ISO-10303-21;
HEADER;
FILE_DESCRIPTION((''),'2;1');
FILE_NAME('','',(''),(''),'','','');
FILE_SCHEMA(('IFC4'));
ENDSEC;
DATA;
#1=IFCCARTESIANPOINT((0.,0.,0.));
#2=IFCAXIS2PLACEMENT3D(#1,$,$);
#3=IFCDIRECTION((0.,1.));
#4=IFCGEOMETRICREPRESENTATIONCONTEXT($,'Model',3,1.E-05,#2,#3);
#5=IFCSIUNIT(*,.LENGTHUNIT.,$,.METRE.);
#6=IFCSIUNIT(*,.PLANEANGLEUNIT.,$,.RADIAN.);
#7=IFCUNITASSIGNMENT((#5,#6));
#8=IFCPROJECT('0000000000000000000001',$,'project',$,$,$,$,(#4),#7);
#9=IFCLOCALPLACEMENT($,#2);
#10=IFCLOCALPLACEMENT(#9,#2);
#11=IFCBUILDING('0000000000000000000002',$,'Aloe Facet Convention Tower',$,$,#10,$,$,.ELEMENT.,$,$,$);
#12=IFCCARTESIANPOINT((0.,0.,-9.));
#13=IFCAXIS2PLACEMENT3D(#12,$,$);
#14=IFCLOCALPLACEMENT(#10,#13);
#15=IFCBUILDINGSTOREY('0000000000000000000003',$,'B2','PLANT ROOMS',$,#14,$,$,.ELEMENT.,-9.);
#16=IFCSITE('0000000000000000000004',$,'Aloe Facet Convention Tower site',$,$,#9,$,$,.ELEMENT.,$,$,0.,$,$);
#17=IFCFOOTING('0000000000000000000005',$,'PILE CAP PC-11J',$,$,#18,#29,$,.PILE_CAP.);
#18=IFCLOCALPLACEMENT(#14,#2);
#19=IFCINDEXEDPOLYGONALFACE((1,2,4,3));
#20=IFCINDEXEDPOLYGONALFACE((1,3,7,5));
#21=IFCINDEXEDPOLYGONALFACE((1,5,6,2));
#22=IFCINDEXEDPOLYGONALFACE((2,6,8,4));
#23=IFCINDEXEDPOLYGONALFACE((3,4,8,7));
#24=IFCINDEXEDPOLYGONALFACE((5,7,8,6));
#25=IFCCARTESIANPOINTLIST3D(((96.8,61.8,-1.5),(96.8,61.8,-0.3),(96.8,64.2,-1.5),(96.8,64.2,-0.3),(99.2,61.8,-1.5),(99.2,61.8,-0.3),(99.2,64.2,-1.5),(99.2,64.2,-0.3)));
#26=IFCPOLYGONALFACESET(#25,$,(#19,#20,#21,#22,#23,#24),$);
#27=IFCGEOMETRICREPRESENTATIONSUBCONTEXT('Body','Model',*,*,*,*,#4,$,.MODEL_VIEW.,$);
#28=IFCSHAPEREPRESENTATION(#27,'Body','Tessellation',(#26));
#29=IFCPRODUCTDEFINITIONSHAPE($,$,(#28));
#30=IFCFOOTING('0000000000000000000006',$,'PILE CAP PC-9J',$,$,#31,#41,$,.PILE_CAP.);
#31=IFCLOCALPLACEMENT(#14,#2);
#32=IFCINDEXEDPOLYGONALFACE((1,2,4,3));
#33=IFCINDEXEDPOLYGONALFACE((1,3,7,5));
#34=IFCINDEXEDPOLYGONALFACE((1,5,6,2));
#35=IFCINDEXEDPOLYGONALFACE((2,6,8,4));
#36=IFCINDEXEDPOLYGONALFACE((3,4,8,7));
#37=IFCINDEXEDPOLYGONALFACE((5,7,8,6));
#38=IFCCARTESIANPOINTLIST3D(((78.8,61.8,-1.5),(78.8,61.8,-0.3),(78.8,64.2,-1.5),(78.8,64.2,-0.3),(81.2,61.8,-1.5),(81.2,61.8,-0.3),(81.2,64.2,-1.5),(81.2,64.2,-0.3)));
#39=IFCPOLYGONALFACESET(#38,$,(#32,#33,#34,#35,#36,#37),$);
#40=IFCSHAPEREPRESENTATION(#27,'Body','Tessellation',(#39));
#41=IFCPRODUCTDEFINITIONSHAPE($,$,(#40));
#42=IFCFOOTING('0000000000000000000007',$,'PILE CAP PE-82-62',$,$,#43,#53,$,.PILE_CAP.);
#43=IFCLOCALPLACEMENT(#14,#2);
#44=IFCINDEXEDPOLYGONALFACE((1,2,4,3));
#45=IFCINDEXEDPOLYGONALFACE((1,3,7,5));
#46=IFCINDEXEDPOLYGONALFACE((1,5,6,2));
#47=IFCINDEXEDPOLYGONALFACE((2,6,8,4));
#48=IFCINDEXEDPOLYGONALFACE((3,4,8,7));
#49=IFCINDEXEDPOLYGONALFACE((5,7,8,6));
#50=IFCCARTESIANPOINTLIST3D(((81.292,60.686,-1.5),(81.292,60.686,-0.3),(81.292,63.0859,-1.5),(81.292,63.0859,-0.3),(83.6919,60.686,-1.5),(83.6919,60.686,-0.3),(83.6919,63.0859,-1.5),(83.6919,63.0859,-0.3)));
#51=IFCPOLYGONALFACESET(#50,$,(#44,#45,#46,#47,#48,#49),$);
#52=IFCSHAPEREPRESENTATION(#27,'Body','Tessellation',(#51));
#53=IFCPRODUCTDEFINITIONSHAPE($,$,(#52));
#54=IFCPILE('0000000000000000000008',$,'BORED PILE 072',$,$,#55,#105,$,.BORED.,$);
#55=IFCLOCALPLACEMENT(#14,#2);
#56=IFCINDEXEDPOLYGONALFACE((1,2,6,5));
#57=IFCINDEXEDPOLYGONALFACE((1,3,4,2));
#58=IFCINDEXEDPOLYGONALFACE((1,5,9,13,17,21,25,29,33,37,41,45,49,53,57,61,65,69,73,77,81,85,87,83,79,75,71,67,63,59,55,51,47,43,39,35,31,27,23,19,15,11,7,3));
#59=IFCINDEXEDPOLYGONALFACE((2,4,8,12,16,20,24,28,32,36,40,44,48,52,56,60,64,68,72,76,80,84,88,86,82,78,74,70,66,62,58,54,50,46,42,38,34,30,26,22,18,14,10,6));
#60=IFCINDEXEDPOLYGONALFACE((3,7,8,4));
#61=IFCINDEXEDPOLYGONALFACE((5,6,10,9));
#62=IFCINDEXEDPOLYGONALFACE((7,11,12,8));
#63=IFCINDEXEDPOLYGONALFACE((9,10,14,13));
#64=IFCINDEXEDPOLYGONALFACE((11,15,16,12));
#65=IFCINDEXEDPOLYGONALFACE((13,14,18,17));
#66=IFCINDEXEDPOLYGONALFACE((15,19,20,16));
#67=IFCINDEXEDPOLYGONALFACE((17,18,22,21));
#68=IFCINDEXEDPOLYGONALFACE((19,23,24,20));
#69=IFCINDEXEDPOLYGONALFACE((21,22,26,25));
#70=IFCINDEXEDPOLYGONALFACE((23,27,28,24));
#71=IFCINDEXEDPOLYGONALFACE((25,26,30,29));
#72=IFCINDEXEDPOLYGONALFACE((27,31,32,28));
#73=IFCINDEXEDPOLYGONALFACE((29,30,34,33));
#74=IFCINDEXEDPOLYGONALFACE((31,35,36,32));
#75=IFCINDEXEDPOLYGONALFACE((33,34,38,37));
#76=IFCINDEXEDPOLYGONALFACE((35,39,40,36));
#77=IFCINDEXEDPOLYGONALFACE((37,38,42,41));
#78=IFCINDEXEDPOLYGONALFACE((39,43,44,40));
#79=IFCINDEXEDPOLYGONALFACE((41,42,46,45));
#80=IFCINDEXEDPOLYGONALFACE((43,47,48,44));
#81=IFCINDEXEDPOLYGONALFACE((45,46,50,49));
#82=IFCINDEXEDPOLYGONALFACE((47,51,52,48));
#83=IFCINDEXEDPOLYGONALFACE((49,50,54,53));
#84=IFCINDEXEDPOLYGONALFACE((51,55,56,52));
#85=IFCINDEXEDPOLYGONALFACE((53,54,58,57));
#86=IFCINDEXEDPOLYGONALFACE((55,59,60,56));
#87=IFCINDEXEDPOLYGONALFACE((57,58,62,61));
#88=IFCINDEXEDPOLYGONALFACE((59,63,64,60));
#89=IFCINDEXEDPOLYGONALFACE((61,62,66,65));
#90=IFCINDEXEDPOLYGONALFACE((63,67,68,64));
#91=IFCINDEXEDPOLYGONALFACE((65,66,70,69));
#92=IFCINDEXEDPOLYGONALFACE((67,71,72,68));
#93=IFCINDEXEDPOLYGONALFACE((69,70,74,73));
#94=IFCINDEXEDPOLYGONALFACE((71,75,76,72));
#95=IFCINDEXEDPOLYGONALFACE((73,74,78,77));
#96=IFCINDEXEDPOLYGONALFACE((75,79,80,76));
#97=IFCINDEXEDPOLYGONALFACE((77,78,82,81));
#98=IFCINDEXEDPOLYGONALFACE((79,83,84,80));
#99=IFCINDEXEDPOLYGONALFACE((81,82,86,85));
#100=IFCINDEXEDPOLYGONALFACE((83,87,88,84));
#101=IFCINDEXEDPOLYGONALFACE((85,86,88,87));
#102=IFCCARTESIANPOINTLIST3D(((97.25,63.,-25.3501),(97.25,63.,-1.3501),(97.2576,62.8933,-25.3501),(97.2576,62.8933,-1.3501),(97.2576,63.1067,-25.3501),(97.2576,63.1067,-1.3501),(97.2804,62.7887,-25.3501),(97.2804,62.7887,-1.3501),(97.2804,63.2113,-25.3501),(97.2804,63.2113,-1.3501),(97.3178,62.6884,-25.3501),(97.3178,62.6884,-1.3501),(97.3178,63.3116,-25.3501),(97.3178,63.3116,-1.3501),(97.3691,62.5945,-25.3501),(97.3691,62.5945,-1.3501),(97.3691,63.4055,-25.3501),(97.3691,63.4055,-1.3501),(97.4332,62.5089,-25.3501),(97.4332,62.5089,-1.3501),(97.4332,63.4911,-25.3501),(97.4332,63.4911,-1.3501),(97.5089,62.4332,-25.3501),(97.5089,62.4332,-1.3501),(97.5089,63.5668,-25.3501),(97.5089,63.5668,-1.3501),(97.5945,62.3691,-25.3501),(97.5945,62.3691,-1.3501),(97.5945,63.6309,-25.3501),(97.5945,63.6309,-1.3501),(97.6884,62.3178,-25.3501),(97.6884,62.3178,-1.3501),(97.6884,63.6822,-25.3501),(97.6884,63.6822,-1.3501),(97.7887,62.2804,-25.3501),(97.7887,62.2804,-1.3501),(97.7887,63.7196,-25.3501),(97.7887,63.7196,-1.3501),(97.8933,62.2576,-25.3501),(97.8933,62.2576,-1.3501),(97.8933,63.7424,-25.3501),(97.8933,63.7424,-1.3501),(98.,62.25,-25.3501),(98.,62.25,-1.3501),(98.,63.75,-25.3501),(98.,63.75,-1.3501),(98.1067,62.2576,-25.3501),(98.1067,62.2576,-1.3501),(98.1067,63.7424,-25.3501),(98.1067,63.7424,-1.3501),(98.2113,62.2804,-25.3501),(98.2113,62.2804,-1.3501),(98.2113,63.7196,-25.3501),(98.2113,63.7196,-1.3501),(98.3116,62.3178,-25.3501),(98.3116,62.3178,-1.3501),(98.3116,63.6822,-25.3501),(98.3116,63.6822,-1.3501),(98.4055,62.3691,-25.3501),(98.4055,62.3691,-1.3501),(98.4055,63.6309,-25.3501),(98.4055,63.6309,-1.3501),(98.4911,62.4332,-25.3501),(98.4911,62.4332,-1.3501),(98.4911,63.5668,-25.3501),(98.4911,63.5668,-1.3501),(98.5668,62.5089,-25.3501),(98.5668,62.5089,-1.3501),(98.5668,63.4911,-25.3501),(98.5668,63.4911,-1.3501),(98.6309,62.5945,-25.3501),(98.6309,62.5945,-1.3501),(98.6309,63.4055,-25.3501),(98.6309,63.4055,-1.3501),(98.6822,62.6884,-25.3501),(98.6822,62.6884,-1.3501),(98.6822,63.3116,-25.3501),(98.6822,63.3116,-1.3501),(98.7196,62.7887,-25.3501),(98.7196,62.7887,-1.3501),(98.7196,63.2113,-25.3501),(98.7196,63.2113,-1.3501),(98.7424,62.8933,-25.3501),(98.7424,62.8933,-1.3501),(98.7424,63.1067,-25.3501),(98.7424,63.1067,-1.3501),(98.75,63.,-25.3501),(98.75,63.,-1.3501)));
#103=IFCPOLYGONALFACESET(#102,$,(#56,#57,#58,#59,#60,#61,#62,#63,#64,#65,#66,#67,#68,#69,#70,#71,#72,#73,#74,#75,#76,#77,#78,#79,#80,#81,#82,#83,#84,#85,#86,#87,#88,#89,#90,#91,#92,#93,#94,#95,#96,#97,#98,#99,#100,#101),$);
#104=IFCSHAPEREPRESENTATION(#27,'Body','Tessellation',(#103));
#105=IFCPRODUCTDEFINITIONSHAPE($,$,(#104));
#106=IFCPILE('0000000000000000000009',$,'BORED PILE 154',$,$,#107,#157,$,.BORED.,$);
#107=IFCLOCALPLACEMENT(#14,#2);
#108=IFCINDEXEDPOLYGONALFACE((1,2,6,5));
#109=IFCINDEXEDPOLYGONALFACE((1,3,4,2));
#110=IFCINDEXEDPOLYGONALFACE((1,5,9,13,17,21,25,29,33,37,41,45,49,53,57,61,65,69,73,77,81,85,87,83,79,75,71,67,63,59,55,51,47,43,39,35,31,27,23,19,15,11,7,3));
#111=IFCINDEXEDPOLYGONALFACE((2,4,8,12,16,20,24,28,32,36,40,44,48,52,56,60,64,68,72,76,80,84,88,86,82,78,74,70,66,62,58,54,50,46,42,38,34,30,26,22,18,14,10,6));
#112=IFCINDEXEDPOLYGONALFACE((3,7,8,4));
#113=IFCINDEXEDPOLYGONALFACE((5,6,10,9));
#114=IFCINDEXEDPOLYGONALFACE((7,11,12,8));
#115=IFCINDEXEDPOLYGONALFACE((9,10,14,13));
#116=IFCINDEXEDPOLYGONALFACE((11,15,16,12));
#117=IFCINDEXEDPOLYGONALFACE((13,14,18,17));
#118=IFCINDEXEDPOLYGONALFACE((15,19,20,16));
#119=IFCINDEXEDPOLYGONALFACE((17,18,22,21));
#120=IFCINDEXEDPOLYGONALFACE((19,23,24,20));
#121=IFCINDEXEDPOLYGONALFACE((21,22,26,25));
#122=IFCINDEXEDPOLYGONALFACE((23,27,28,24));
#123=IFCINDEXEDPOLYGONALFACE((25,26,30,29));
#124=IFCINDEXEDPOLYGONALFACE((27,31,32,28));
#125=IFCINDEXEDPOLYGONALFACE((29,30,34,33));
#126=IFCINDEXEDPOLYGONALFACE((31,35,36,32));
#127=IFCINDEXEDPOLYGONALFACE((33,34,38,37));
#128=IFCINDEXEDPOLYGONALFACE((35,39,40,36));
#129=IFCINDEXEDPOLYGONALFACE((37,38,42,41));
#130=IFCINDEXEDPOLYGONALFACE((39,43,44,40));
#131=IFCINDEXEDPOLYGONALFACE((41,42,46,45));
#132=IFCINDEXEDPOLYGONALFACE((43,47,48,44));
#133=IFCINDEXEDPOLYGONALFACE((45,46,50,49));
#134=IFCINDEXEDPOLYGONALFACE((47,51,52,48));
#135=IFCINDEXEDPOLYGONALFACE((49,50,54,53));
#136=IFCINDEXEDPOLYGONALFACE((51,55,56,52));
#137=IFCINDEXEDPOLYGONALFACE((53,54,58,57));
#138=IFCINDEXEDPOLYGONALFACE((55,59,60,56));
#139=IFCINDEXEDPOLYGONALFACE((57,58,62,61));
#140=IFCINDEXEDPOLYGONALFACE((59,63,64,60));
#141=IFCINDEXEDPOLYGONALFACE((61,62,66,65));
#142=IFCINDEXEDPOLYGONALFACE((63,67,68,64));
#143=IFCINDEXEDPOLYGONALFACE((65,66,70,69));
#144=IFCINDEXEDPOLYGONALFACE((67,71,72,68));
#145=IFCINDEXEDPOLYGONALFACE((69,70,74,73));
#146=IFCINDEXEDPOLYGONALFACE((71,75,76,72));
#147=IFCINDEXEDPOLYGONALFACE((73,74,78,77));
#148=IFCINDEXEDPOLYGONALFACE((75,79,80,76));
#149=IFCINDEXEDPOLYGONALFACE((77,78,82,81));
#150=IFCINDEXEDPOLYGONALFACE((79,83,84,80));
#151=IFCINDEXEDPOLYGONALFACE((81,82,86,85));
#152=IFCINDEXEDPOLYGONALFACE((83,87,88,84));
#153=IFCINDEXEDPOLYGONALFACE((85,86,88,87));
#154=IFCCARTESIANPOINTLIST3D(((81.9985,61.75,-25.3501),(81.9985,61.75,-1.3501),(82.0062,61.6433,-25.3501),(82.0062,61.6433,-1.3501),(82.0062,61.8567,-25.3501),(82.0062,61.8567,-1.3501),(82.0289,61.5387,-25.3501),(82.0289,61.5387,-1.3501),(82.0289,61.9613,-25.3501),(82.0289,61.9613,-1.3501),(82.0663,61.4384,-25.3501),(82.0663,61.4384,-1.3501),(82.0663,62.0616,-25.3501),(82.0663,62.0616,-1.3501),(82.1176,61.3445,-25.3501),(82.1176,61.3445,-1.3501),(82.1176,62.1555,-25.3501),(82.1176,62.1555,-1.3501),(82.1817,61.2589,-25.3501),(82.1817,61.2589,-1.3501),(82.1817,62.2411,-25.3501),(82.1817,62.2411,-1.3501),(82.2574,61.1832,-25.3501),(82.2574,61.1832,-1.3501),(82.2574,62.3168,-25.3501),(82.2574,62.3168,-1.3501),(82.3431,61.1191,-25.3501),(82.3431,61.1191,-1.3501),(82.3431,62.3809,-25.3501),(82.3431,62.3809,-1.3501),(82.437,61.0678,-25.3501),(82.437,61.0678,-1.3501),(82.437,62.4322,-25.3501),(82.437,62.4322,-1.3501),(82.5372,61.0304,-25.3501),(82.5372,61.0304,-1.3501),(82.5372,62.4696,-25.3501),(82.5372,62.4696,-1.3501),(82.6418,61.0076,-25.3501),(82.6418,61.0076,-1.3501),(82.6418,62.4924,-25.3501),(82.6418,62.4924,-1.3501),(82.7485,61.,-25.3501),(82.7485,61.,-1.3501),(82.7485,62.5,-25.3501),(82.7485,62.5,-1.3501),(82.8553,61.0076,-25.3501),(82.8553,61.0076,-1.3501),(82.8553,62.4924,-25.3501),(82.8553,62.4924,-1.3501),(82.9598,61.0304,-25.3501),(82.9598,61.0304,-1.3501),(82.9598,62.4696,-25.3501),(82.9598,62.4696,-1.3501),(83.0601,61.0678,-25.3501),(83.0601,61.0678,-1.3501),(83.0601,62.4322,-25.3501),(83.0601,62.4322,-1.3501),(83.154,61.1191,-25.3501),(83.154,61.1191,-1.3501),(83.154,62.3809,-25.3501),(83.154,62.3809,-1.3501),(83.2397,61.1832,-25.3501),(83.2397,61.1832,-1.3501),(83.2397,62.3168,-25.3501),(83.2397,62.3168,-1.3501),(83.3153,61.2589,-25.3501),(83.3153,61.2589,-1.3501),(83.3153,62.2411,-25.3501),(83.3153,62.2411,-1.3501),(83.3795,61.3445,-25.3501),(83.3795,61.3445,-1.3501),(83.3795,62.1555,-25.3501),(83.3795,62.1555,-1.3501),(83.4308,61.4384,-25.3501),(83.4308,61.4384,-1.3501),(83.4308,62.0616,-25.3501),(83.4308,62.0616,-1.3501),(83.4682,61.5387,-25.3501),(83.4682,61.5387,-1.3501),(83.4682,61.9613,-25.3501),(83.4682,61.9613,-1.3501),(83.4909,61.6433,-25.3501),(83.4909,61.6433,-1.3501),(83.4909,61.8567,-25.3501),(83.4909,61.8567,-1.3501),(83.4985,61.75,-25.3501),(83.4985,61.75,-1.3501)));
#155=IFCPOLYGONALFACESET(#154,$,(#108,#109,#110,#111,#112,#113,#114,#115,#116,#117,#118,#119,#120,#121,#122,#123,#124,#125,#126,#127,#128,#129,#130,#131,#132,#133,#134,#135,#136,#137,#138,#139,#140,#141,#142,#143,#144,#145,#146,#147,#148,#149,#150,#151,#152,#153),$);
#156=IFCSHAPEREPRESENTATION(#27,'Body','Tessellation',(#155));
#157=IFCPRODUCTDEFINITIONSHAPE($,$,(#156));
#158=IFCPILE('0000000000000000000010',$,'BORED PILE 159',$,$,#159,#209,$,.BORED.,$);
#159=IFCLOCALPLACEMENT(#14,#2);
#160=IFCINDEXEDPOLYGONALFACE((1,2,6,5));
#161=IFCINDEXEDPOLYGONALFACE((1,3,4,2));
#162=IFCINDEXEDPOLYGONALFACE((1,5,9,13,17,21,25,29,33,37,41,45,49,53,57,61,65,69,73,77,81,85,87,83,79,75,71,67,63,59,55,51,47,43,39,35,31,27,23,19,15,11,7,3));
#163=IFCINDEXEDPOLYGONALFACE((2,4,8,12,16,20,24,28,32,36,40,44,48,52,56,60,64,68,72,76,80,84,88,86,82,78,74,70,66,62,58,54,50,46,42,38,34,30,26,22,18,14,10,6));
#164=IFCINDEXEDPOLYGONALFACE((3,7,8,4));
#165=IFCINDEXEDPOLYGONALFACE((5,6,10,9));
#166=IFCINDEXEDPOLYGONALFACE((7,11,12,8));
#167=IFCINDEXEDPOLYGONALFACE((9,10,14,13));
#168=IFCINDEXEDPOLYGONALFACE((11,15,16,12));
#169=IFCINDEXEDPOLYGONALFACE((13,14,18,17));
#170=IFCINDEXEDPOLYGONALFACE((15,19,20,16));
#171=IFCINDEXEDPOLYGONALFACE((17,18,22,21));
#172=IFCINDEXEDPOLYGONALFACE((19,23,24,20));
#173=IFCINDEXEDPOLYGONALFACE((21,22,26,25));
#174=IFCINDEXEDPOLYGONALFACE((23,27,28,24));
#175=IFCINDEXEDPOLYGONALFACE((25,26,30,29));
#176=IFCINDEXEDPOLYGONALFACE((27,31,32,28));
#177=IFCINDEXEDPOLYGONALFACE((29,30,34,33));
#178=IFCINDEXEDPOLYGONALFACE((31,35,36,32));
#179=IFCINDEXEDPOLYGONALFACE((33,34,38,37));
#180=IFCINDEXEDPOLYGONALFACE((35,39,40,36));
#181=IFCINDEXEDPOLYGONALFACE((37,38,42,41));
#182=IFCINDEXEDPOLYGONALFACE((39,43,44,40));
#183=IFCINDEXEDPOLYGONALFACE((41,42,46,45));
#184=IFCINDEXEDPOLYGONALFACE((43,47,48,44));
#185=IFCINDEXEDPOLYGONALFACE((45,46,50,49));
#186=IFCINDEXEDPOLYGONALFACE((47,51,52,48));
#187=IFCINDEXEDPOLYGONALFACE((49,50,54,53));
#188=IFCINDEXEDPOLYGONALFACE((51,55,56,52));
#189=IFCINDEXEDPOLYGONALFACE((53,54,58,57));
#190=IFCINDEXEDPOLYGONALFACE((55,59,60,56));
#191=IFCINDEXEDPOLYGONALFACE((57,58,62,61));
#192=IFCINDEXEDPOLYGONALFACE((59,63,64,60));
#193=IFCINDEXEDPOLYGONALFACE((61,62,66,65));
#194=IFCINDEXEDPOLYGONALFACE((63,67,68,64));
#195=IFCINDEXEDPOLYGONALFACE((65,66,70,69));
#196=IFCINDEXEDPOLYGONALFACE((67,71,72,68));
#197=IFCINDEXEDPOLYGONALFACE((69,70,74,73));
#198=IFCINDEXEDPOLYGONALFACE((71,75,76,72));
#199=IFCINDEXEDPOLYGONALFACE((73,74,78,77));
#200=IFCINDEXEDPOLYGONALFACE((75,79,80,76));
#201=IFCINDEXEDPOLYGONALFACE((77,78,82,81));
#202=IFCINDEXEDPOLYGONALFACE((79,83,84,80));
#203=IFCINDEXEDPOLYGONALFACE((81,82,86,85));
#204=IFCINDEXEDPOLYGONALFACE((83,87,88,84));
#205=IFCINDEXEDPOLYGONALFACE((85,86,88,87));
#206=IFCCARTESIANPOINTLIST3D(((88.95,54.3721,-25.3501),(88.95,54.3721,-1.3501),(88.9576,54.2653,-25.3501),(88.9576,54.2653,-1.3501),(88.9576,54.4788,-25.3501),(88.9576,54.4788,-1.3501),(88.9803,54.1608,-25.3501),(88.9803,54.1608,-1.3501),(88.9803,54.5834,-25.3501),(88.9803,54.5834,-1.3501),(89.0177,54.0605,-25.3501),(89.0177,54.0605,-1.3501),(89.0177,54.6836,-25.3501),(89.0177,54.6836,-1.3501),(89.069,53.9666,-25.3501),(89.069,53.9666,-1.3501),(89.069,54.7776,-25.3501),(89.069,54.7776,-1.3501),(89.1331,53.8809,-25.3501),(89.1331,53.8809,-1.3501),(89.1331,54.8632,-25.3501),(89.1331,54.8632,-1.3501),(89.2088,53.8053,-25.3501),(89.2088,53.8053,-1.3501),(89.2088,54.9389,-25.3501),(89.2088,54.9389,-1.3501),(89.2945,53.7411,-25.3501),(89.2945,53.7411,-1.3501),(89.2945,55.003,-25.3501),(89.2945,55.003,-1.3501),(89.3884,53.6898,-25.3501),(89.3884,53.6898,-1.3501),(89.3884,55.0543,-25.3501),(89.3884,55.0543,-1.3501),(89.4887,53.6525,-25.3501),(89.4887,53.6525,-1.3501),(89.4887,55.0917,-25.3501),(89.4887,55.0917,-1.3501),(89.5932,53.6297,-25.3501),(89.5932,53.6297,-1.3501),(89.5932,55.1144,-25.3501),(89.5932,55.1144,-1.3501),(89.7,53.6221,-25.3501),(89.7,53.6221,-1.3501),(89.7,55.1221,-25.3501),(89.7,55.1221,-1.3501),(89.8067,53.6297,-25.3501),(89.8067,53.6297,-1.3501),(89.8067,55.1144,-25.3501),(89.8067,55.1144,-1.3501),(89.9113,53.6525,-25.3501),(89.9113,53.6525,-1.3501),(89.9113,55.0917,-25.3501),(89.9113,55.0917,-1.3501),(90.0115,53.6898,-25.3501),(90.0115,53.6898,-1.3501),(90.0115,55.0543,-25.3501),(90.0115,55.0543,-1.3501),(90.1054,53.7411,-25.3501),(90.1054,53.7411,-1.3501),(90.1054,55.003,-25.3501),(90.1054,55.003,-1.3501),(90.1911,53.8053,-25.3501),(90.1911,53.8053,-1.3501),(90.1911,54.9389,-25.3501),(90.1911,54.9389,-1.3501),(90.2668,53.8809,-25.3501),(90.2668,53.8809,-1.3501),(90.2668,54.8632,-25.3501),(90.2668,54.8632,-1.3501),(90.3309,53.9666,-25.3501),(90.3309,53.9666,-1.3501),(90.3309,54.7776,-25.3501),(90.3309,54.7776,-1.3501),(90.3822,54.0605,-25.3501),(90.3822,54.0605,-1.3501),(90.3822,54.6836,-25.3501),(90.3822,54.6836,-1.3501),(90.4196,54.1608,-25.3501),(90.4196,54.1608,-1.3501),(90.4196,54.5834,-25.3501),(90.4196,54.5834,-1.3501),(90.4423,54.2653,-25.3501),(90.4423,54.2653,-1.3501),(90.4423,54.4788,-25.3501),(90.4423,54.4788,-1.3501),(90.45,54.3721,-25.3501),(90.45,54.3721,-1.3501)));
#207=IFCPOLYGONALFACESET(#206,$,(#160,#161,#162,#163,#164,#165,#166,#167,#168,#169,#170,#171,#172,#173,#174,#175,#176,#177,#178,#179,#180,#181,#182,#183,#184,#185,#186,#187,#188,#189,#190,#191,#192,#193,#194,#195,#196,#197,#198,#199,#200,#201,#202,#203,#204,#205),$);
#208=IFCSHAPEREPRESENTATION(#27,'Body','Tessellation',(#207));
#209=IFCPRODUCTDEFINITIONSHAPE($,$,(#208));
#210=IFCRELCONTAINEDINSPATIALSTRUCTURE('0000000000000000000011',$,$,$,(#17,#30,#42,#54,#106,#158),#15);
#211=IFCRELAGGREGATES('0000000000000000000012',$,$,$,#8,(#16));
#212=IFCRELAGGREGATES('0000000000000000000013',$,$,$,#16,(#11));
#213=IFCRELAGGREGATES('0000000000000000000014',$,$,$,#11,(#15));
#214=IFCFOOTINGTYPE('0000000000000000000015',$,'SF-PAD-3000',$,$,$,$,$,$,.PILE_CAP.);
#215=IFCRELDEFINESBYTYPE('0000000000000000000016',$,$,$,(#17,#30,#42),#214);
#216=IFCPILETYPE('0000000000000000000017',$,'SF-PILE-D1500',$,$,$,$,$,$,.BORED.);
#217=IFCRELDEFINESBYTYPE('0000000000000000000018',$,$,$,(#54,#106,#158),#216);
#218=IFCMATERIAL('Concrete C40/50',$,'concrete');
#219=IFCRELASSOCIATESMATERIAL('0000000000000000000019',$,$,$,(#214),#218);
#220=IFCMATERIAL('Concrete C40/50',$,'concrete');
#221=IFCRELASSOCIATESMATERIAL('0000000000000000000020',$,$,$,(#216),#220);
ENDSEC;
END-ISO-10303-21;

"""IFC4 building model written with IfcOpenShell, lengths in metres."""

from ifc_helpers import new_model, si_unit, direction, frame, origin, origin_2d, place, context, subcontext, project, spatial, rectangle, circle, extrude, material, material_profile, profile_set, type_object, element, save


model = new_model("IFC4")

# Units and contexts
model_context = context("Model", 3, precision=1e-05, world=origin(), true_north=direction((0.0, 1.0)))
body_context = subcontext(model_context, "Body", "Model", "MODEL_VIEW")
ifc_project = project(units=[si_unit("LENGTHUNIT", "METRE"), si_unit("PLANEANGLEUNIT", "RADIAN")], contexts=[model_context])

# Site, building, storey
site_placement = place(None, origin())
site = spatial("IfcSite", under=ifc_project, at=site_placement, Name="Aloe Facet Convention Tower site", CompositionType="ELEMENT", RefElevation=0.0)
building_placement = place(site_placement, origin())
building = spatial("IfcBuilding", under=site, at=building_placement, Name="Aloe Facet Convention Tower", CompositionType="ELEMENT")
storey_placement = place(building_placement, frame((0.0, 0.0, -9.0)))
storey = spatial("IfcBuildingStorey", under=building, at=storey_placement, Name="B2", Description="PLANT ROOMS", CompositionType="ELEMENT", Elevation=-9.0)

# Footings
ifc_material_1 = material(Name="Concrete C40/50", Category="concrete")
footing_type = type_object("IfcFootingType", Name="SF-PAD-3000", PredefinedType="PILE_CAP", material=ifc_material_1)
for number, where, z_axis, x_axis, name in (
    (1, (98.0, 63.0, -1.5), (0.0, 0.0, 1.0), (1.0, 0.0, 0.0), "PILE CAP PC-11J"),
    (2, (80.0, 63.0, -1.5), (0.0, 0.0, 1.0), (1.0, 0.0, 0.0), "PILE CAP PC-9J"),
    (3, (82.4919, 61.886, -1.5), (0.0, 0.0, 1.0), (1.0, 0.0, 0.0), "PILE CAP PE-82-62"),
):
    element("IfcFooting", number, at=place(storey_placement, frame(where, z_axis=z_axis, x_axis=x_axis)), inside=storey, type_object=footing_type, Name=name, PredefinedType="PILE_CAP", context=body_context, shape_type="SweptSolid", body=[
        extrude(rectangle(XDim=2.3999, YDim=2.3999, at=origin_2d()), origin(), (0.0, 0.0, 1.0), 1.2),
    ])

# Piles
ifc_material_2 = material(Name="Concrete C40/50", Category="concrete")
ifc_material_profile_1 = material_profile(ifc_material_2, circle(Radius=0.75, at=origin_2d()), Name="D1500")
ifc_profile_set_1 = profile_set([ifc_material_profile_1], Name="Concrete C40/50")
pile_type = type_object("IfcPileType", Name="SF-PILE-D1500", PredefinedType="BORED", material=ifc_profile_set_1)
for number, where, z_axis, x_axis, name in (
    (4, (98.0, 63.0, -1.3501), (0.0, 0.0, -1.0), (1.0, 0.0, 0.0), "BORED PILE 072"),
    (5, (82.7485, 61.75, -1.3501), (0.0, 0.0, -1.0), (1.0, 0.0, 0.0), "BORED PILE 154"),
    (6, (89.7, 54.3721, -1.3501), (0.0, 0.0, -1.0), (1.0, 0.0, 0.0), "BORED PILE 159"),
):
    element("IfcPile", number, at=place(storey_placement, frame(where, z_axis=z_axis, x_axis=x_axis)), inside=storey, type_object=pile_type, Name=name, PredefinedType="BORED", context=body_context, shape_type="SweptSolid", body=[
        extrude(circle(Radius=0.75, at=origin_2d()), origin(), (0.0, 0.0, 1.0), 24.0),
    ])

save(model, "model.ifc")
